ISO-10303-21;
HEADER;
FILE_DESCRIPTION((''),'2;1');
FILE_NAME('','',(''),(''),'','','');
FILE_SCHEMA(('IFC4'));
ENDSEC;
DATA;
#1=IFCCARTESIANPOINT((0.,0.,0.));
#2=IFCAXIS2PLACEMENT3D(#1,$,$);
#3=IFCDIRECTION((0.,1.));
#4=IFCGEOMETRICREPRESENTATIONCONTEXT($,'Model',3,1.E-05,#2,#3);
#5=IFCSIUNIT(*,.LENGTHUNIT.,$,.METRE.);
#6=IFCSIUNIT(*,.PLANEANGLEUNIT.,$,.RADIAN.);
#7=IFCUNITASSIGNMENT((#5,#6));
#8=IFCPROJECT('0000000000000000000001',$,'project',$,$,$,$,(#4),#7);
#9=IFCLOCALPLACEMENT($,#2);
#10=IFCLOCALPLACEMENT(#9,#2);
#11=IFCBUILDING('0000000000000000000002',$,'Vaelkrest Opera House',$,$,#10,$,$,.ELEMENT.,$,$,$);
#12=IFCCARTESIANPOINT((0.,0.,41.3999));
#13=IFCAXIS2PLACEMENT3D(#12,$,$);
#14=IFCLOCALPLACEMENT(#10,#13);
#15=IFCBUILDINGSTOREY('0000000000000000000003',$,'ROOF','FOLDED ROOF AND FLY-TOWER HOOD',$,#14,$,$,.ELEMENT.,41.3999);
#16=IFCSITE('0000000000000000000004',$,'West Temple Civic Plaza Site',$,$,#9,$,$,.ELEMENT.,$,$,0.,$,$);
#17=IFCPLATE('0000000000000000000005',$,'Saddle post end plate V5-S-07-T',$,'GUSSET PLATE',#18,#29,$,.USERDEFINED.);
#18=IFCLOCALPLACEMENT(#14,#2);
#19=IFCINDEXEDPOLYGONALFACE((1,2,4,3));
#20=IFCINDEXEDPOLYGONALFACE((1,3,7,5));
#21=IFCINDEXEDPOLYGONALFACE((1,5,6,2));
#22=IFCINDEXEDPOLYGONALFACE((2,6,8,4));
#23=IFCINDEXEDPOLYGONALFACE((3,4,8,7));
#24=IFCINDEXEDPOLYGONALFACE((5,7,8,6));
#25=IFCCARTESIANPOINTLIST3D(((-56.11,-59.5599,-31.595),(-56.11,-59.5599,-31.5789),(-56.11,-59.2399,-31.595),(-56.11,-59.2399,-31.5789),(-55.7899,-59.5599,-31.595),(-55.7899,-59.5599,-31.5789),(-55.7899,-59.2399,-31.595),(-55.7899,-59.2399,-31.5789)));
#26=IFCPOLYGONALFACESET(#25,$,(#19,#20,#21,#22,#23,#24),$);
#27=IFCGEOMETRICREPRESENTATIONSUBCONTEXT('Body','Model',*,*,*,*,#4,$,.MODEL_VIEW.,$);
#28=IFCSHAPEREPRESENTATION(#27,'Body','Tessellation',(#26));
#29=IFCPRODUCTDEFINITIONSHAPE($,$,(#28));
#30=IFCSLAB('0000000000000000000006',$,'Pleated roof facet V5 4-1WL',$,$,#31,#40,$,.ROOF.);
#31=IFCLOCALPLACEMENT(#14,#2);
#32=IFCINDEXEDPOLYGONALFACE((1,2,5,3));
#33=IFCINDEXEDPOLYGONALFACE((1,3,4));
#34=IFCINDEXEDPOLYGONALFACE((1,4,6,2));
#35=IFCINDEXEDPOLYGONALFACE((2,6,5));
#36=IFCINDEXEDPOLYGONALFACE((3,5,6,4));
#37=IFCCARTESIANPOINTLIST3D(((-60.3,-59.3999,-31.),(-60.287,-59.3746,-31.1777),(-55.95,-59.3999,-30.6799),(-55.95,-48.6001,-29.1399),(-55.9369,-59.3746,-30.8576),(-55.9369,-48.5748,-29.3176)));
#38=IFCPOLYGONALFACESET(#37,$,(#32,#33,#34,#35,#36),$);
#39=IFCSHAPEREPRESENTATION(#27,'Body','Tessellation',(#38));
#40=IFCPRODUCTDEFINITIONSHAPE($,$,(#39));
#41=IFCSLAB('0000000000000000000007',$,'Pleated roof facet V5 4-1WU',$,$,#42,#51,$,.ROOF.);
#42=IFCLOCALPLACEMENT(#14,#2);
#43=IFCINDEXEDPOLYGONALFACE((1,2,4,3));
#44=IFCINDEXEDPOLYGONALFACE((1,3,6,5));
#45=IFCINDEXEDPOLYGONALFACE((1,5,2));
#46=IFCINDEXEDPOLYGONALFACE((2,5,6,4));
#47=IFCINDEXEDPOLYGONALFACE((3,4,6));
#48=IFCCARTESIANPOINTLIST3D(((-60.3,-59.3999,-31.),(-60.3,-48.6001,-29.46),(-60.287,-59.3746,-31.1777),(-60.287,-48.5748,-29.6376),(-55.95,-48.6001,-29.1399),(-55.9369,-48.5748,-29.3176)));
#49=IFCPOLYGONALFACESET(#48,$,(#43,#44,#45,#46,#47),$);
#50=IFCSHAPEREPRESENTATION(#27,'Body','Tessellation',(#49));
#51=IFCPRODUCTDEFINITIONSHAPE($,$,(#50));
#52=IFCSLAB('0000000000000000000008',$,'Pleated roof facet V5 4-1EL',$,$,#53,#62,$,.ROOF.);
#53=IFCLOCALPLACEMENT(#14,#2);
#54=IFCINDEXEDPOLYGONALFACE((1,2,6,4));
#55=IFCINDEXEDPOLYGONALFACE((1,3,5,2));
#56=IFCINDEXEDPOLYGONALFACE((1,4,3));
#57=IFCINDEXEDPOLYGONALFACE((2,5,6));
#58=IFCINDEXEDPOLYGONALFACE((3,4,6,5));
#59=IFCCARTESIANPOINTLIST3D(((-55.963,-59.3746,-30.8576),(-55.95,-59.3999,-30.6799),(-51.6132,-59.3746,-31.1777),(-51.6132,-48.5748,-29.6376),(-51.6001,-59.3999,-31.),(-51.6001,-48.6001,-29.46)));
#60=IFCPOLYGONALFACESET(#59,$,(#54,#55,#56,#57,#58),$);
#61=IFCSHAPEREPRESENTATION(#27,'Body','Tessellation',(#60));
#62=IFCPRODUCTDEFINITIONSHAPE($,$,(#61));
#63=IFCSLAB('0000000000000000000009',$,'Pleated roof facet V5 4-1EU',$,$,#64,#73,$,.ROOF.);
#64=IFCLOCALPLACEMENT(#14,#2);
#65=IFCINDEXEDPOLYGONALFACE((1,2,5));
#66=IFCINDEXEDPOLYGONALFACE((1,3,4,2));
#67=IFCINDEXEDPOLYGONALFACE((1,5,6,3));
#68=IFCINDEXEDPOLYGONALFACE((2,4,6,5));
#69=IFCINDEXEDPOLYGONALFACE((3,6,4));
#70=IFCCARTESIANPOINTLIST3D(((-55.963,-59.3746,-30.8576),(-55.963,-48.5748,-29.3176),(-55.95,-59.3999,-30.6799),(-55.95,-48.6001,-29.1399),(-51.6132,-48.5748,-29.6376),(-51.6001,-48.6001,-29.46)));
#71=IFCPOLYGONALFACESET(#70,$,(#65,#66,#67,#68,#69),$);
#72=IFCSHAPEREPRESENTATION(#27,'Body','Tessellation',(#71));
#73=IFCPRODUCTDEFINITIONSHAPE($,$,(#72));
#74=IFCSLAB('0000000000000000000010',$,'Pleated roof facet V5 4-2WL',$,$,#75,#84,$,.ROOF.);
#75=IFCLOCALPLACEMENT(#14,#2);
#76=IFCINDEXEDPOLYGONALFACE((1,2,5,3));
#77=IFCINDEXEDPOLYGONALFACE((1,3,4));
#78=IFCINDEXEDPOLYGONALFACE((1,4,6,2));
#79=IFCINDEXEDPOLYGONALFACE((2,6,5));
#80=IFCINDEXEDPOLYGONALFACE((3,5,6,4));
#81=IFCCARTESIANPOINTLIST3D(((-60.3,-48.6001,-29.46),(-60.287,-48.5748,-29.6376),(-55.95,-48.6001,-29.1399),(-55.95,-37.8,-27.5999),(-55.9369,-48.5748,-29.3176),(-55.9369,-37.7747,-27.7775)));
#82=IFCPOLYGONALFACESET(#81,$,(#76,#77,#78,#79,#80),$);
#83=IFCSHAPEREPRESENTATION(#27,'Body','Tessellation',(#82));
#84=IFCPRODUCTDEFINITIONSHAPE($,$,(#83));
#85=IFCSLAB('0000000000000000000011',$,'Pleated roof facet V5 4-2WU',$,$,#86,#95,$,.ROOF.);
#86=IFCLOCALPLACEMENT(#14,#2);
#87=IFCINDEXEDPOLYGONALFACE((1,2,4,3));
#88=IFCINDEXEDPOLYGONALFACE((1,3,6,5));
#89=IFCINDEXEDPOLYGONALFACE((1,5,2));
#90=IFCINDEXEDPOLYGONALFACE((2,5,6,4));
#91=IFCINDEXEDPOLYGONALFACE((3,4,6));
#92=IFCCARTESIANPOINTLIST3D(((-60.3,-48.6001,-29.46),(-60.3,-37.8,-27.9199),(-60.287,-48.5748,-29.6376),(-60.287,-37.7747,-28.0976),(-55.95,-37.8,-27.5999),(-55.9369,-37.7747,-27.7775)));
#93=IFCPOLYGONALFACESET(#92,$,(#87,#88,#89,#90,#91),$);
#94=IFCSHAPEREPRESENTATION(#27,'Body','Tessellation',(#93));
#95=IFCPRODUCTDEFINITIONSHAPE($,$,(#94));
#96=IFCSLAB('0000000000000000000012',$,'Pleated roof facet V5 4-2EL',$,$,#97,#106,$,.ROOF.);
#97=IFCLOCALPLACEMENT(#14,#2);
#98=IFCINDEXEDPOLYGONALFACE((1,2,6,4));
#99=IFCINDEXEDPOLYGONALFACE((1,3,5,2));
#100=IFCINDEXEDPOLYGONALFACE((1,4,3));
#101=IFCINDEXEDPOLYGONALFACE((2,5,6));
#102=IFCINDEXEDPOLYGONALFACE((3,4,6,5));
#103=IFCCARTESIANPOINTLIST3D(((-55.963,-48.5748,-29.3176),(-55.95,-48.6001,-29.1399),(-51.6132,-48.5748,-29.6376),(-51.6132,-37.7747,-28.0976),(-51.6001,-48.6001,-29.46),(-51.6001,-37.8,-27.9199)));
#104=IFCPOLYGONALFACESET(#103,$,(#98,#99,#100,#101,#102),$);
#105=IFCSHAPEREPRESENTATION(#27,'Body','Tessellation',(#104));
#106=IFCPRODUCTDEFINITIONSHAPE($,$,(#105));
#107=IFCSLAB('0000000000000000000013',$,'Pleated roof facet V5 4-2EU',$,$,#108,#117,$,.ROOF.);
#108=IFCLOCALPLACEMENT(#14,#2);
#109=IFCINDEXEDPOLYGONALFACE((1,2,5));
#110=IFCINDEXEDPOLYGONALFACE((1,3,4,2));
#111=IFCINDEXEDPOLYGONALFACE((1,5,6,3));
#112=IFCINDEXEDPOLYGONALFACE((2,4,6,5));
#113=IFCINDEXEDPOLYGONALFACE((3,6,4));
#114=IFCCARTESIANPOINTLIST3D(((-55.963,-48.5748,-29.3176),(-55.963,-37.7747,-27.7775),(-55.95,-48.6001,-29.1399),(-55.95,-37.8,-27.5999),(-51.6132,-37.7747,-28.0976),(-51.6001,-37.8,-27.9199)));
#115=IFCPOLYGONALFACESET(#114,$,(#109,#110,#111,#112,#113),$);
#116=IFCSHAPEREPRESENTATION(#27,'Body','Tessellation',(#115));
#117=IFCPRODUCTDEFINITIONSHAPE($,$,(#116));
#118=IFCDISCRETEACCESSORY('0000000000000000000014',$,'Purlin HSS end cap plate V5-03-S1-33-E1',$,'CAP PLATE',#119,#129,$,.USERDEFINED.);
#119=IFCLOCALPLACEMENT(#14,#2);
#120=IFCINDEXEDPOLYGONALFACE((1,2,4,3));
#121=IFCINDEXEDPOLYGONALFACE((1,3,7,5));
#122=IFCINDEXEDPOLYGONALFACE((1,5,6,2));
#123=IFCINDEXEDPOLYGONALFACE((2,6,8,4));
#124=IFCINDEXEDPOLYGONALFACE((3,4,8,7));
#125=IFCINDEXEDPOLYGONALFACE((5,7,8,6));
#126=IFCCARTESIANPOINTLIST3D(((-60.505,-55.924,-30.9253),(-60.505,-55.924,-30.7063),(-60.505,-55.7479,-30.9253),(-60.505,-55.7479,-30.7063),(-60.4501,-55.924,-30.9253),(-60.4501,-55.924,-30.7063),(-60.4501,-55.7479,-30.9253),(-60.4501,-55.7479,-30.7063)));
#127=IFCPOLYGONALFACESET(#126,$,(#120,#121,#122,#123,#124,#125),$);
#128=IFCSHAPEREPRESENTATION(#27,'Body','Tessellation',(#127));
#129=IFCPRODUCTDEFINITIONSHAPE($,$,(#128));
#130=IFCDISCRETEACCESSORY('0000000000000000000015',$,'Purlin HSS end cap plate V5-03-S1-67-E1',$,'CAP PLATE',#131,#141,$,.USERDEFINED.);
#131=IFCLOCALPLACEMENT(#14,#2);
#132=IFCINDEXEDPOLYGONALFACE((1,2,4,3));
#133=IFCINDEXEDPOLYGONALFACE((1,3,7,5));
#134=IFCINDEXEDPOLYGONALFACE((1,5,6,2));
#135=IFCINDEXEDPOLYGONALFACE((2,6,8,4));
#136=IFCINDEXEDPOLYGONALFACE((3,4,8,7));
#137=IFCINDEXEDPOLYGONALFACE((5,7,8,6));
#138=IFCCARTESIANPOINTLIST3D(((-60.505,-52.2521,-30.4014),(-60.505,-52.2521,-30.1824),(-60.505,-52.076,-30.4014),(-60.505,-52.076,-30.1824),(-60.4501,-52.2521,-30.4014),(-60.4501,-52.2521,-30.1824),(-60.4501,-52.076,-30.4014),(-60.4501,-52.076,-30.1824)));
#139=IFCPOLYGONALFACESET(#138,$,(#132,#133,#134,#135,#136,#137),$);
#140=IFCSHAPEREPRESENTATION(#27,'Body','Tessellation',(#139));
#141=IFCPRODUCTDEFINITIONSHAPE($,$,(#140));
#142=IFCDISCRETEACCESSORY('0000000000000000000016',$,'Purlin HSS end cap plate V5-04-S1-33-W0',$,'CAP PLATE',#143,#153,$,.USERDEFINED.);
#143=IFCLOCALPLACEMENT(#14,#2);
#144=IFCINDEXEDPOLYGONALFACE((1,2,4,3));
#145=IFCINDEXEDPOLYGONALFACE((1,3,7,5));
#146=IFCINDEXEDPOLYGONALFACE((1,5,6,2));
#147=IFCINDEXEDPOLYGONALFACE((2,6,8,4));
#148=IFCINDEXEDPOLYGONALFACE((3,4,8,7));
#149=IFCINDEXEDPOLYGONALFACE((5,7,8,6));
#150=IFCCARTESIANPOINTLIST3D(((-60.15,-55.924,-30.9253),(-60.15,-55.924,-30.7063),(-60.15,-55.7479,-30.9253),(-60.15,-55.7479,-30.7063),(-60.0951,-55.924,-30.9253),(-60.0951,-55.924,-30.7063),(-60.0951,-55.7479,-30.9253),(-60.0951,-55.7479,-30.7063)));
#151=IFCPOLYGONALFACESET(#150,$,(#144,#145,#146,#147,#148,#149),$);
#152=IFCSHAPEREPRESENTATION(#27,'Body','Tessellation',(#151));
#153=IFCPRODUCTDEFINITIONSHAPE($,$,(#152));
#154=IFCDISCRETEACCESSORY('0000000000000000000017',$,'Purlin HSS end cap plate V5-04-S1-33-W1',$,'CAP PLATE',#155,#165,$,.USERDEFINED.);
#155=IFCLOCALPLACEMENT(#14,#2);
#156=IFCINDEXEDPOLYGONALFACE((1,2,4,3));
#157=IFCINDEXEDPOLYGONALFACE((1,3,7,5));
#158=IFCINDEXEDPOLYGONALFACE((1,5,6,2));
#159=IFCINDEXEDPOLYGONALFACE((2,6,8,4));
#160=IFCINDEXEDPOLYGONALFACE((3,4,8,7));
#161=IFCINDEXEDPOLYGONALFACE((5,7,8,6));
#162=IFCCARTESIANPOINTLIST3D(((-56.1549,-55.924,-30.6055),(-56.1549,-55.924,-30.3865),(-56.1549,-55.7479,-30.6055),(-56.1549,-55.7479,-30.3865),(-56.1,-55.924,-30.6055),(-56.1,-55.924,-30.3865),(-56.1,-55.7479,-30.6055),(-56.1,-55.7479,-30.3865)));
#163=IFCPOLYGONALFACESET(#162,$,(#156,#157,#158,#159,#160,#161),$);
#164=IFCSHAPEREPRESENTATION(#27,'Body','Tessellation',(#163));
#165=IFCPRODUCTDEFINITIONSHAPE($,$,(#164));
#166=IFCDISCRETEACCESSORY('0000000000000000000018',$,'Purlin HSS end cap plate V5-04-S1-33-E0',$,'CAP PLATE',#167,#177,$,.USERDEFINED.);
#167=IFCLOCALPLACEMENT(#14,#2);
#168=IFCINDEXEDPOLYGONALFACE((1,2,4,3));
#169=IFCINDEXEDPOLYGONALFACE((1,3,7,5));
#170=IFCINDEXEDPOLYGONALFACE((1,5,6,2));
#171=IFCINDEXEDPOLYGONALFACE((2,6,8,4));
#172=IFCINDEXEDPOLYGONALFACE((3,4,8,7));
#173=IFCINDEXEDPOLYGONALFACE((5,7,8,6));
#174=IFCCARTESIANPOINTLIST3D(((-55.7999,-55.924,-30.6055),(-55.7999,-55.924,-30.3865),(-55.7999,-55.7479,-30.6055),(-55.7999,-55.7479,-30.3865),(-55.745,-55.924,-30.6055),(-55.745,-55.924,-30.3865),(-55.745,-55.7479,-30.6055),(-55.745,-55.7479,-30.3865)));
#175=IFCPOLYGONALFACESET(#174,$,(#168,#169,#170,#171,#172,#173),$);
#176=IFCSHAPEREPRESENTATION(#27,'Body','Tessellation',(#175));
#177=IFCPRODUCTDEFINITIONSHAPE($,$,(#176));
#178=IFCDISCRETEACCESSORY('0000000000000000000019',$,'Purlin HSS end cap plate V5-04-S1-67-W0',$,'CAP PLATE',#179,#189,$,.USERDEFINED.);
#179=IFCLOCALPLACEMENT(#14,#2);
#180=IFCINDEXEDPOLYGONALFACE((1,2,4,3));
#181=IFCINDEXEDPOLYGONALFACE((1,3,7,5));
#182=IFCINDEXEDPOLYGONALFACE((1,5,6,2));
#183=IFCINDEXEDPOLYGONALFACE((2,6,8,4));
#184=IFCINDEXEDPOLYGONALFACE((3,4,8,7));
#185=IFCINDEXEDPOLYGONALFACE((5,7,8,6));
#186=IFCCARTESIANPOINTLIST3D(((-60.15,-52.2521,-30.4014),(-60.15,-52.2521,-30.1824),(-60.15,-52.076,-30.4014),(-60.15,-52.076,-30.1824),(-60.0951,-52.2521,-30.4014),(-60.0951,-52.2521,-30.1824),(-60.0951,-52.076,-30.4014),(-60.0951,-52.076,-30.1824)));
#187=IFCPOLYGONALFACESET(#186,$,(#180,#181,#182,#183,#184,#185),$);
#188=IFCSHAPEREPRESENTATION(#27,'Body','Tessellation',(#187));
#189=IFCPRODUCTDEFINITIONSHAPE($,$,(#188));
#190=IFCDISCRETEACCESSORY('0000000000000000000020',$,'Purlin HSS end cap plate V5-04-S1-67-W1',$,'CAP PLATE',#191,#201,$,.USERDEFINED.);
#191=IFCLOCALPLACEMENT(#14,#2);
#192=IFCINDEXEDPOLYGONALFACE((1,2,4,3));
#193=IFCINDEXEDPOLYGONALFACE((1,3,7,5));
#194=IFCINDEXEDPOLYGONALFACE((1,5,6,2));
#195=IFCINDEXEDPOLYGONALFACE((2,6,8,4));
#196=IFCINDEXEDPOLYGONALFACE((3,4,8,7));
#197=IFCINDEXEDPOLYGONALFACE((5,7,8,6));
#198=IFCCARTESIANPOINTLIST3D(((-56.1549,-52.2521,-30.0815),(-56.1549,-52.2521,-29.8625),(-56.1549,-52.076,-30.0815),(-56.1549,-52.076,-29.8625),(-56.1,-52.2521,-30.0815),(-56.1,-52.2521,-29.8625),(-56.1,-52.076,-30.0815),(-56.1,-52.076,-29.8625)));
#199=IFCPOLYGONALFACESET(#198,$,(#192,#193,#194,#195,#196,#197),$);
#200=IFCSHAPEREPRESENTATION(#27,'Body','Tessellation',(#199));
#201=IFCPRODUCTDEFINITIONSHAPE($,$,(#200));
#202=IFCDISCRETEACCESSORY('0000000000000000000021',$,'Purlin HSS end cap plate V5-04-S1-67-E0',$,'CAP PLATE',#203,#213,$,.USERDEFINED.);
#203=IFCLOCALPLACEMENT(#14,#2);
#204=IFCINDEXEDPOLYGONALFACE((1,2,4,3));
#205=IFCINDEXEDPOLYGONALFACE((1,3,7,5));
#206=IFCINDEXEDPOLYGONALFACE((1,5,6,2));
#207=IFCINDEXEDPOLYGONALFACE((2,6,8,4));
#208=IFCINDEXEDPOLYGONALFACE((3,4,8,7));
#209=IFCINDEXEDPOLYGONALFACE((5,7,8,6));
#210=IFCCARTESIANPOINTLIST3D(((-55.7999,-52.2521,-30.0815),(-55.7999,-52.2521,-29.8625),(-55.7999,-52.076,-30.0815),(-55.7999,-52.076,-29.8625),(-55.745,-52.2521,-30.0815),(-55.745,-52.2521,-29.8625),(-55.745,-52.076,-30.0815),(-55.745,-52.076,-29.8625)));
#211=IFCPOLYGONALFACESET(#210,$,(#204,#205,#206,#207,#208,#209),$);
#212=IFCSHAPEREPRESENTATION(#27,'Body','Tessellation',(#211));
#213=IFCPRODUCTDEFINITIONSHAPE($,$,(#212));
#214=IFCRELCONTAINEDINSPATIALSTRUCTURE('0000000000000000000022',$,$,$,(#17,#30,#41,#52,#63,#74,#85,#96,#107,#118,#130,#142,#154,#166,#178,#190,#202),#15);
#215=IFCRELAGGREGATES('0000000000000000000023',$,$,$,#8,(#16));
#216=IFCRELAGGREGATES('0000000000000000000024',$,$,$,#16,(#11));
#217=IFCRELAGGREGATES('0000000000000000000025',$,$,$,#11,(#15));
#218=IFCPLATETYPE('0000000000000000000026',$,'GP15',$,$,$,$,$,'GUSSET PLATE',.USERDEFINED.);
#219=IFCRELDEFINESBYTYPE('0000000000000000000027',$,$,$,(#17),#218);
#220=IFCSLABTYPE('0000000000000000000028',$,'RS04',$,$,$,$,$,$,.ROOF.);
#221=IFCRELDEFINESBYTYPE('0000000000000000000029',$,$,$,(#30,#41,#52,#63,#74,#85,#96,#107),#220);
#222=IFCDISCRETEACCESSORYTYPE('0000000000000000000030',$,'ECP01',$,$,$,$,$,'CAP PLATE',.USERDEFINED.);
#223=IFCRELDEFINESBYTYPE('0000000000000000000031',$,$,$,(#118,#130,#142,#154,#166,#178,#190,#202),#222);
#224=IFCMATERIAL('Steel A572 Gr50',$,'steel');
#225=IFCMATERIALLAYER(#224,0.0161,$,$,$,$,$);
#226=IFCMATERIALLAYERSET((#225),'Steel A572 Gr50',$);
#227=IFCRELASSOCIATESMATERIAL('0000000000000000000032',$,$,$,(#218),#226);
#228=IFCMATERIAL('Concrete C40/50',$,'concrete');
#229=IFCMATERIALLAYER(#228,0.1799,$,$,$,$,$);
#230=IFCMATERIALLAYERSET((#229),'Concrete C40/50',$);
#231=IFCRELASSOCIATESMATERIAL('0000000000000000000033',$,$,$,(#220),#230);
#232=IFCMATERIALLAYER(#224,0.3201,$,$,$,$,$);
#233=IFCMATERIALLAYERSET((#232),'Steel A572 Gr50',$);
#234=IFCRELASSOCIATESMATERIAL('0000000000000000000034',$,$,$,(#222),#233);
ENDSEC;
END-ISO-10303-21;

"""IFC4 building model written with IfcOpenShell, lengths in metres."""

from ifc_helpers import new_model, si_unit, direction, frame, origin, origin_2d, place, context, subcontext, project, spatial, polyline, rectangle, outline, extrude, material, layer, layer_set, type_object, element, save


model = new_model("IFC4")

# Units and contexts
model_context = context("Model", 3, precision=1e-05, world=origin(), true_north=direction((0.0, 1.0)))
body_context = subcontext(model_context, "Body", "Model", "MODEL_VIEW")
ifc_project = project(units=[si_unit("LENGTHUNIT", "METRE"), si_unit("PLANEANGLEUNIT", "RADIAN")], contexts=[model_context])

# Site, building, storey
site_placement = place(None, origin())
site = spatial("IfcSite", under=ifc_project, at=site_placement, Name="West Temple Civic Plaza Site", CompositionType="ELEMENT", RefElevation=0.0)
building_placement = place(site_placement, origin())
building = spatial("IfcBuilding", under=site, at=building_placement, Name="Vaelkrest Opera House", CompositionType="ELEMENT")
storey_placement = place(building_placement, frame((0.0, 0.0, 41.3999)))
storey = spatial("IfcBuildingStorey", under=building, at=storey_placement, Name="ROOF", Description="FOLDED ROOF AND FLY-TOWER HOOD", CompositionType="ELEMENT", Elevation=41.3999)

# Plate
ifc_material_1 = material(Name="Steel A572 Gr50", Category="steel")
ifc_layer_1 = layer(ifc_material_1, 0.0161)
ifc_layer_set_1 = layer_set([ifc_layer_1], Name="Steel A572 Gr50")
plate_type = type_object("IfcPlateType", Name="GP15", ElementType="GUSSET PLATE", PredefinedType="USERDEFINED", material=ifc_layer_set_1)
for number, where, z_axis, x_axis, name in (
    (1, (-55.95, -59.3999, -31.595), (0.0, 0.0, 1.0), (1.0, 0.0, 0.0), "Saddle post end plate V5-S-07-T"),
):
    element("IfcPlate", number, at=place(storey_placement, frame(where, z_axis=z_axis, x_axis=x_axis)), inside=storey, type_object=plate_type, Name=name, ObjectType="GUSSET PLATE", PredefinedType="USERDEFINED", context=body_context, shape_type="SweptSolid", body=[
        extrude(rectangle(XDim=0.3201, YDim=0.3201, at=origin_2d()), origin(), (0.0, 0.0, 1.0), 0.0161),
    ])

# Slabs
ifc_material_2 = material(Name="Concrete C40/50", Category="concrete")
ifc_layer_2 = layer(ifc_material_2, 0.1799)
ifc_layer_set_2 = layer_set([ifc_layer_2], Name="Concrete C40/50")
slab_type = type_object("IfcSlabType", Name="RS04", PredefinedType="ROOF", material=ifc_layer_set_2)
slab_1_placement = place(storey_placement, frame((-60.3, -59.3999, -31.0), z_axis=(-0.072648, -0.140798, 0.987369), x_axis=(0.997304, 0.0, 0.073379)))
element("IfcSlab", 2, at=slab_1_placement, inside=storey, type_object=slab_type, Name="Pleated roof facet V5 4-1WL", PredefinedType="ROOF", context=body_context, shape_type="SweptSolid", body=[
    extrude(outline(polyline([(0.0, 0.0), (4.3619, 0.0), (4.4749, 10.9085), (0.0, 0.0)])), origin(), (0.0, 0.0, -1.0), 0.1799),
])
slab_2_placement = place(storey_placement, frame((-60.3, -59.3999, -31.0), z_axis=(-0.072648, -0.140798, 0.987369), x_axis=(0.368945, 0.915964, 0.157761)))
element("IfcSlab", 3, at=slab_2_placement, inside=storey, type_object=slab_type, Name="Pleated roof facet V5 4-1WU", PredefinedType="ROOF", context=body_context, shape_type="SweptSolid", body=[
    extrude(outline(polyline([(0.0, 0.0), (11.7906, 0.0), (10.1352, 4.0355), (0.0, 0.0)])), origin(), (0.0, 0.0, -1.0), 0.1799),
])
slab_3_placement = place(storey_placement, frame((-55.95, -59.3999, -30.6799), z_axis=(0.072652, -0.140798, 0.987369), x_axis=(0.997304, 0.0, -0.073383)))
element("IfcSlab", 4, at=slab_3_placement, inside=storey, type_object=slab_type, Name="Pleated roof facet V5 4-1EL", PredefinedType="ROOF", context=body_context, shape_type="SweptSolid", body=[
    extrude(outline(polyline([(0.0, 0.0), (4.3616, 0.0), (4.2486, 10.9085), (0.0, 0.0)])), origin(), (0.0, 0.0, -1.0), 0.1799),
])
slab_4_placement = place(storey_placement, frame((-55.95, -59.3999, -30.6799), z_axis=(0.072652, -0.140798, 0.987369), x_axis=(0.371572, 0.922537, 0.104212)))
element("IfcSlab", 5, at=slab_4_placement, inside=storey, type_object=slab_type, Name="Pleated roof facet V5 4-1EU", PredefinedType="ROOF", context=body_context, shape_type="SweptSolid", body=[
    extrude(outline(polyline([(0.0, 0.0), (11.7066, 0.0), (10.1237, 4.0642), (0.0, 0.0)])), origin(), (0.0, 0.0, -1.0), 0.1799),
])
slab_5_placement = place(storey_placement, frame((-60.3, -48.6001, -29.46), z_axis=(-0.072648, -0.140795, 0.98737), x_axis=(0.997304, 0.0, 0.073379)))
element("IfcSlab", 6, at=slab_5_placement, inside=storey, type_object=slab_type, Name="Pleated roof facet V5 4-2WL", PredefinedType="ROOF", context=body_context, shape_type="SweptSolid", body=[
    extrude(outline(polyline([(0.0, 0.0), (4.3619, 0.0), (4.4749, 10.9087), (0.0, 0.0)])), origin(), (0.0, 0.0, -1.0), 0.1799),
])
slab_6_placement = place(storey_placement, frame((-60.3, -48.6001, -29.46), z_axis=(-0.072648, -0.140795, 0.98737), x_axis=(0.368938, 0.915968, 0.157758)))
element("IfcSlab", 7, at=slab_6_placement, inside=storey, type_object=slab_type, Name="Pleated roof facet V5 4-2WU", PredefinedType="ROOF", context=body_context, shape_type="SweptSolid", body=[
    extrude(outline(polyline([(0.0, 0.0), (11.7909, 0.0), (10.1355, 4.0355), (0.0, 0.0)])), origin(), (0.0, 0.0, -1.0), 0.1799),
])
slab_7_placement = place(storey_placement, frame((-55.95, -48.6001, -29.1399), z_axis=(0.072652, -0.140795, 0.98737), x_axis=(0.997304, 0.0, -0.073383)))
element("IfcSlab", 8, at=slab_7_placement, inside=storey, type_object=slab_type, Name="Pleated roof facet V5 4-2EL", PredefinedType="ROOF", context=body_context, shape_type="SweptSolid", body=[
    extrude(outline(polyline([(0.0, 0.0), (4.3616, 0.0), (4.2486, 10.9087), (0.0, 0.0)])), origin(), (0.0, 0.0, -1.0), 0.1799),
])
slab_8_placement = place(storey_placement, frame((-55.95, -48.6001, -29.1399), z_axis=(0.072652, -0.140795, 0.98737), x_axis=(0.371564, 0.92254, 0.10421)))
element("IfcSlab", 9, at=slab_8_placement, inside=storey, type_object=slab_type, Name="Pleated roof facet V5 4-2EU", PredefinedType="ROOF", context=body_context, shape_type="SweptSolid", body=[
    extrude(outline(polyline([(0.0, 0.0), (11.7069, 0.0), (10.124, 4.0642), (0.0, 0.0)])), origin(), (0.0, 0.0, -1.0), 0.1799),
])

# Discrete accessories
ifc_layer_3 = layer(ifc_material_1, 0.3201)
ifc_layer_set_3 = layer_set([ifc_layer_3], Name="Steel A572 Gr50")
discrete_accessory_type = type_object("IfcDiscreteAccessoryType", Name="ECP01", ElementType="CAP PLATE", PredefinedType="USERDEFINED", material=ifc_layer_set_3)
for number, where, z_axis, x_axis, name in (
    (10, (-60.4775, -55.8359, -30.9253), (0.0, 0.0, 1.0), (1.0, 0.0, 0.0), "Purlin HSS end cap plate V5-03-S1-33-E1"),
    (11, (-60.4775, -52.1641, -30.4014), (0.0, 0.0, 1.0), (1.0, 0.0, 0.0), "Purlin HSS end cap plate V5-03-S1-67-E1"),
    (12, (-60.1226, -55.8359, -30.9253), (0.0, 0.0, 1.0), (1.0, 0.0, 0.0), "Purlin HSS end cap plate V5-04-S1-33-W0"),
    (13, (-56.1274, -55.8359, -30.6055), (0.0, 0.0, 1.0), (1.0, 0.0, 0.0), "Purlin HSS end cap plate V5-04-S1-33-W1"),
    (14, (-55.7725, -55.8359, -30.6055), (0.0, 0.0, 1.0), (1.0, 0.0, 0.0), "Purlin HSS end cap plate V5-04-S1-33-E0"),
    (15, (-60.1226, -52.1641, -30.4014), (0.0, 0.0, 1.0), (1.0, 0.0, 0.0), "Purlin HSS end cap plate V5-04-S1-67-W0"),
    (16, (-56.1274, -52.1641, -30.0815), (0.0, 0.0, 1.0), (1.0, 0.0, 0.0), "Purlin HSS end cap plate V5-04-S1-67-W1"),
    (17, (-55.7725, -52.1641, -30.0815), (0.0, 0.0, 1.0), (1.0, 0.0, 0.0), "Purlin HSS end cap plate V5-04-S1-67-E0"),
):
    element("IfcDiscreteAccessory", number, at=place(storey_placement, frame(where, z_axis=z_axis, x_axis=x_axis)), inside=storey, type_object=discrete_accessory_type, Name=name, ObjectType="CAP PLATE", PredefinedType="USERDEFINED", context=body_context, shape_type="SweptSolid", body=[
        extrude(rectangle(XDim=0.0549, YDim=0.176, at=origin_2d()), origin(), (0.0, 0.0, 1.0), 0.219),
    ])

save(model, "model.ifc")
